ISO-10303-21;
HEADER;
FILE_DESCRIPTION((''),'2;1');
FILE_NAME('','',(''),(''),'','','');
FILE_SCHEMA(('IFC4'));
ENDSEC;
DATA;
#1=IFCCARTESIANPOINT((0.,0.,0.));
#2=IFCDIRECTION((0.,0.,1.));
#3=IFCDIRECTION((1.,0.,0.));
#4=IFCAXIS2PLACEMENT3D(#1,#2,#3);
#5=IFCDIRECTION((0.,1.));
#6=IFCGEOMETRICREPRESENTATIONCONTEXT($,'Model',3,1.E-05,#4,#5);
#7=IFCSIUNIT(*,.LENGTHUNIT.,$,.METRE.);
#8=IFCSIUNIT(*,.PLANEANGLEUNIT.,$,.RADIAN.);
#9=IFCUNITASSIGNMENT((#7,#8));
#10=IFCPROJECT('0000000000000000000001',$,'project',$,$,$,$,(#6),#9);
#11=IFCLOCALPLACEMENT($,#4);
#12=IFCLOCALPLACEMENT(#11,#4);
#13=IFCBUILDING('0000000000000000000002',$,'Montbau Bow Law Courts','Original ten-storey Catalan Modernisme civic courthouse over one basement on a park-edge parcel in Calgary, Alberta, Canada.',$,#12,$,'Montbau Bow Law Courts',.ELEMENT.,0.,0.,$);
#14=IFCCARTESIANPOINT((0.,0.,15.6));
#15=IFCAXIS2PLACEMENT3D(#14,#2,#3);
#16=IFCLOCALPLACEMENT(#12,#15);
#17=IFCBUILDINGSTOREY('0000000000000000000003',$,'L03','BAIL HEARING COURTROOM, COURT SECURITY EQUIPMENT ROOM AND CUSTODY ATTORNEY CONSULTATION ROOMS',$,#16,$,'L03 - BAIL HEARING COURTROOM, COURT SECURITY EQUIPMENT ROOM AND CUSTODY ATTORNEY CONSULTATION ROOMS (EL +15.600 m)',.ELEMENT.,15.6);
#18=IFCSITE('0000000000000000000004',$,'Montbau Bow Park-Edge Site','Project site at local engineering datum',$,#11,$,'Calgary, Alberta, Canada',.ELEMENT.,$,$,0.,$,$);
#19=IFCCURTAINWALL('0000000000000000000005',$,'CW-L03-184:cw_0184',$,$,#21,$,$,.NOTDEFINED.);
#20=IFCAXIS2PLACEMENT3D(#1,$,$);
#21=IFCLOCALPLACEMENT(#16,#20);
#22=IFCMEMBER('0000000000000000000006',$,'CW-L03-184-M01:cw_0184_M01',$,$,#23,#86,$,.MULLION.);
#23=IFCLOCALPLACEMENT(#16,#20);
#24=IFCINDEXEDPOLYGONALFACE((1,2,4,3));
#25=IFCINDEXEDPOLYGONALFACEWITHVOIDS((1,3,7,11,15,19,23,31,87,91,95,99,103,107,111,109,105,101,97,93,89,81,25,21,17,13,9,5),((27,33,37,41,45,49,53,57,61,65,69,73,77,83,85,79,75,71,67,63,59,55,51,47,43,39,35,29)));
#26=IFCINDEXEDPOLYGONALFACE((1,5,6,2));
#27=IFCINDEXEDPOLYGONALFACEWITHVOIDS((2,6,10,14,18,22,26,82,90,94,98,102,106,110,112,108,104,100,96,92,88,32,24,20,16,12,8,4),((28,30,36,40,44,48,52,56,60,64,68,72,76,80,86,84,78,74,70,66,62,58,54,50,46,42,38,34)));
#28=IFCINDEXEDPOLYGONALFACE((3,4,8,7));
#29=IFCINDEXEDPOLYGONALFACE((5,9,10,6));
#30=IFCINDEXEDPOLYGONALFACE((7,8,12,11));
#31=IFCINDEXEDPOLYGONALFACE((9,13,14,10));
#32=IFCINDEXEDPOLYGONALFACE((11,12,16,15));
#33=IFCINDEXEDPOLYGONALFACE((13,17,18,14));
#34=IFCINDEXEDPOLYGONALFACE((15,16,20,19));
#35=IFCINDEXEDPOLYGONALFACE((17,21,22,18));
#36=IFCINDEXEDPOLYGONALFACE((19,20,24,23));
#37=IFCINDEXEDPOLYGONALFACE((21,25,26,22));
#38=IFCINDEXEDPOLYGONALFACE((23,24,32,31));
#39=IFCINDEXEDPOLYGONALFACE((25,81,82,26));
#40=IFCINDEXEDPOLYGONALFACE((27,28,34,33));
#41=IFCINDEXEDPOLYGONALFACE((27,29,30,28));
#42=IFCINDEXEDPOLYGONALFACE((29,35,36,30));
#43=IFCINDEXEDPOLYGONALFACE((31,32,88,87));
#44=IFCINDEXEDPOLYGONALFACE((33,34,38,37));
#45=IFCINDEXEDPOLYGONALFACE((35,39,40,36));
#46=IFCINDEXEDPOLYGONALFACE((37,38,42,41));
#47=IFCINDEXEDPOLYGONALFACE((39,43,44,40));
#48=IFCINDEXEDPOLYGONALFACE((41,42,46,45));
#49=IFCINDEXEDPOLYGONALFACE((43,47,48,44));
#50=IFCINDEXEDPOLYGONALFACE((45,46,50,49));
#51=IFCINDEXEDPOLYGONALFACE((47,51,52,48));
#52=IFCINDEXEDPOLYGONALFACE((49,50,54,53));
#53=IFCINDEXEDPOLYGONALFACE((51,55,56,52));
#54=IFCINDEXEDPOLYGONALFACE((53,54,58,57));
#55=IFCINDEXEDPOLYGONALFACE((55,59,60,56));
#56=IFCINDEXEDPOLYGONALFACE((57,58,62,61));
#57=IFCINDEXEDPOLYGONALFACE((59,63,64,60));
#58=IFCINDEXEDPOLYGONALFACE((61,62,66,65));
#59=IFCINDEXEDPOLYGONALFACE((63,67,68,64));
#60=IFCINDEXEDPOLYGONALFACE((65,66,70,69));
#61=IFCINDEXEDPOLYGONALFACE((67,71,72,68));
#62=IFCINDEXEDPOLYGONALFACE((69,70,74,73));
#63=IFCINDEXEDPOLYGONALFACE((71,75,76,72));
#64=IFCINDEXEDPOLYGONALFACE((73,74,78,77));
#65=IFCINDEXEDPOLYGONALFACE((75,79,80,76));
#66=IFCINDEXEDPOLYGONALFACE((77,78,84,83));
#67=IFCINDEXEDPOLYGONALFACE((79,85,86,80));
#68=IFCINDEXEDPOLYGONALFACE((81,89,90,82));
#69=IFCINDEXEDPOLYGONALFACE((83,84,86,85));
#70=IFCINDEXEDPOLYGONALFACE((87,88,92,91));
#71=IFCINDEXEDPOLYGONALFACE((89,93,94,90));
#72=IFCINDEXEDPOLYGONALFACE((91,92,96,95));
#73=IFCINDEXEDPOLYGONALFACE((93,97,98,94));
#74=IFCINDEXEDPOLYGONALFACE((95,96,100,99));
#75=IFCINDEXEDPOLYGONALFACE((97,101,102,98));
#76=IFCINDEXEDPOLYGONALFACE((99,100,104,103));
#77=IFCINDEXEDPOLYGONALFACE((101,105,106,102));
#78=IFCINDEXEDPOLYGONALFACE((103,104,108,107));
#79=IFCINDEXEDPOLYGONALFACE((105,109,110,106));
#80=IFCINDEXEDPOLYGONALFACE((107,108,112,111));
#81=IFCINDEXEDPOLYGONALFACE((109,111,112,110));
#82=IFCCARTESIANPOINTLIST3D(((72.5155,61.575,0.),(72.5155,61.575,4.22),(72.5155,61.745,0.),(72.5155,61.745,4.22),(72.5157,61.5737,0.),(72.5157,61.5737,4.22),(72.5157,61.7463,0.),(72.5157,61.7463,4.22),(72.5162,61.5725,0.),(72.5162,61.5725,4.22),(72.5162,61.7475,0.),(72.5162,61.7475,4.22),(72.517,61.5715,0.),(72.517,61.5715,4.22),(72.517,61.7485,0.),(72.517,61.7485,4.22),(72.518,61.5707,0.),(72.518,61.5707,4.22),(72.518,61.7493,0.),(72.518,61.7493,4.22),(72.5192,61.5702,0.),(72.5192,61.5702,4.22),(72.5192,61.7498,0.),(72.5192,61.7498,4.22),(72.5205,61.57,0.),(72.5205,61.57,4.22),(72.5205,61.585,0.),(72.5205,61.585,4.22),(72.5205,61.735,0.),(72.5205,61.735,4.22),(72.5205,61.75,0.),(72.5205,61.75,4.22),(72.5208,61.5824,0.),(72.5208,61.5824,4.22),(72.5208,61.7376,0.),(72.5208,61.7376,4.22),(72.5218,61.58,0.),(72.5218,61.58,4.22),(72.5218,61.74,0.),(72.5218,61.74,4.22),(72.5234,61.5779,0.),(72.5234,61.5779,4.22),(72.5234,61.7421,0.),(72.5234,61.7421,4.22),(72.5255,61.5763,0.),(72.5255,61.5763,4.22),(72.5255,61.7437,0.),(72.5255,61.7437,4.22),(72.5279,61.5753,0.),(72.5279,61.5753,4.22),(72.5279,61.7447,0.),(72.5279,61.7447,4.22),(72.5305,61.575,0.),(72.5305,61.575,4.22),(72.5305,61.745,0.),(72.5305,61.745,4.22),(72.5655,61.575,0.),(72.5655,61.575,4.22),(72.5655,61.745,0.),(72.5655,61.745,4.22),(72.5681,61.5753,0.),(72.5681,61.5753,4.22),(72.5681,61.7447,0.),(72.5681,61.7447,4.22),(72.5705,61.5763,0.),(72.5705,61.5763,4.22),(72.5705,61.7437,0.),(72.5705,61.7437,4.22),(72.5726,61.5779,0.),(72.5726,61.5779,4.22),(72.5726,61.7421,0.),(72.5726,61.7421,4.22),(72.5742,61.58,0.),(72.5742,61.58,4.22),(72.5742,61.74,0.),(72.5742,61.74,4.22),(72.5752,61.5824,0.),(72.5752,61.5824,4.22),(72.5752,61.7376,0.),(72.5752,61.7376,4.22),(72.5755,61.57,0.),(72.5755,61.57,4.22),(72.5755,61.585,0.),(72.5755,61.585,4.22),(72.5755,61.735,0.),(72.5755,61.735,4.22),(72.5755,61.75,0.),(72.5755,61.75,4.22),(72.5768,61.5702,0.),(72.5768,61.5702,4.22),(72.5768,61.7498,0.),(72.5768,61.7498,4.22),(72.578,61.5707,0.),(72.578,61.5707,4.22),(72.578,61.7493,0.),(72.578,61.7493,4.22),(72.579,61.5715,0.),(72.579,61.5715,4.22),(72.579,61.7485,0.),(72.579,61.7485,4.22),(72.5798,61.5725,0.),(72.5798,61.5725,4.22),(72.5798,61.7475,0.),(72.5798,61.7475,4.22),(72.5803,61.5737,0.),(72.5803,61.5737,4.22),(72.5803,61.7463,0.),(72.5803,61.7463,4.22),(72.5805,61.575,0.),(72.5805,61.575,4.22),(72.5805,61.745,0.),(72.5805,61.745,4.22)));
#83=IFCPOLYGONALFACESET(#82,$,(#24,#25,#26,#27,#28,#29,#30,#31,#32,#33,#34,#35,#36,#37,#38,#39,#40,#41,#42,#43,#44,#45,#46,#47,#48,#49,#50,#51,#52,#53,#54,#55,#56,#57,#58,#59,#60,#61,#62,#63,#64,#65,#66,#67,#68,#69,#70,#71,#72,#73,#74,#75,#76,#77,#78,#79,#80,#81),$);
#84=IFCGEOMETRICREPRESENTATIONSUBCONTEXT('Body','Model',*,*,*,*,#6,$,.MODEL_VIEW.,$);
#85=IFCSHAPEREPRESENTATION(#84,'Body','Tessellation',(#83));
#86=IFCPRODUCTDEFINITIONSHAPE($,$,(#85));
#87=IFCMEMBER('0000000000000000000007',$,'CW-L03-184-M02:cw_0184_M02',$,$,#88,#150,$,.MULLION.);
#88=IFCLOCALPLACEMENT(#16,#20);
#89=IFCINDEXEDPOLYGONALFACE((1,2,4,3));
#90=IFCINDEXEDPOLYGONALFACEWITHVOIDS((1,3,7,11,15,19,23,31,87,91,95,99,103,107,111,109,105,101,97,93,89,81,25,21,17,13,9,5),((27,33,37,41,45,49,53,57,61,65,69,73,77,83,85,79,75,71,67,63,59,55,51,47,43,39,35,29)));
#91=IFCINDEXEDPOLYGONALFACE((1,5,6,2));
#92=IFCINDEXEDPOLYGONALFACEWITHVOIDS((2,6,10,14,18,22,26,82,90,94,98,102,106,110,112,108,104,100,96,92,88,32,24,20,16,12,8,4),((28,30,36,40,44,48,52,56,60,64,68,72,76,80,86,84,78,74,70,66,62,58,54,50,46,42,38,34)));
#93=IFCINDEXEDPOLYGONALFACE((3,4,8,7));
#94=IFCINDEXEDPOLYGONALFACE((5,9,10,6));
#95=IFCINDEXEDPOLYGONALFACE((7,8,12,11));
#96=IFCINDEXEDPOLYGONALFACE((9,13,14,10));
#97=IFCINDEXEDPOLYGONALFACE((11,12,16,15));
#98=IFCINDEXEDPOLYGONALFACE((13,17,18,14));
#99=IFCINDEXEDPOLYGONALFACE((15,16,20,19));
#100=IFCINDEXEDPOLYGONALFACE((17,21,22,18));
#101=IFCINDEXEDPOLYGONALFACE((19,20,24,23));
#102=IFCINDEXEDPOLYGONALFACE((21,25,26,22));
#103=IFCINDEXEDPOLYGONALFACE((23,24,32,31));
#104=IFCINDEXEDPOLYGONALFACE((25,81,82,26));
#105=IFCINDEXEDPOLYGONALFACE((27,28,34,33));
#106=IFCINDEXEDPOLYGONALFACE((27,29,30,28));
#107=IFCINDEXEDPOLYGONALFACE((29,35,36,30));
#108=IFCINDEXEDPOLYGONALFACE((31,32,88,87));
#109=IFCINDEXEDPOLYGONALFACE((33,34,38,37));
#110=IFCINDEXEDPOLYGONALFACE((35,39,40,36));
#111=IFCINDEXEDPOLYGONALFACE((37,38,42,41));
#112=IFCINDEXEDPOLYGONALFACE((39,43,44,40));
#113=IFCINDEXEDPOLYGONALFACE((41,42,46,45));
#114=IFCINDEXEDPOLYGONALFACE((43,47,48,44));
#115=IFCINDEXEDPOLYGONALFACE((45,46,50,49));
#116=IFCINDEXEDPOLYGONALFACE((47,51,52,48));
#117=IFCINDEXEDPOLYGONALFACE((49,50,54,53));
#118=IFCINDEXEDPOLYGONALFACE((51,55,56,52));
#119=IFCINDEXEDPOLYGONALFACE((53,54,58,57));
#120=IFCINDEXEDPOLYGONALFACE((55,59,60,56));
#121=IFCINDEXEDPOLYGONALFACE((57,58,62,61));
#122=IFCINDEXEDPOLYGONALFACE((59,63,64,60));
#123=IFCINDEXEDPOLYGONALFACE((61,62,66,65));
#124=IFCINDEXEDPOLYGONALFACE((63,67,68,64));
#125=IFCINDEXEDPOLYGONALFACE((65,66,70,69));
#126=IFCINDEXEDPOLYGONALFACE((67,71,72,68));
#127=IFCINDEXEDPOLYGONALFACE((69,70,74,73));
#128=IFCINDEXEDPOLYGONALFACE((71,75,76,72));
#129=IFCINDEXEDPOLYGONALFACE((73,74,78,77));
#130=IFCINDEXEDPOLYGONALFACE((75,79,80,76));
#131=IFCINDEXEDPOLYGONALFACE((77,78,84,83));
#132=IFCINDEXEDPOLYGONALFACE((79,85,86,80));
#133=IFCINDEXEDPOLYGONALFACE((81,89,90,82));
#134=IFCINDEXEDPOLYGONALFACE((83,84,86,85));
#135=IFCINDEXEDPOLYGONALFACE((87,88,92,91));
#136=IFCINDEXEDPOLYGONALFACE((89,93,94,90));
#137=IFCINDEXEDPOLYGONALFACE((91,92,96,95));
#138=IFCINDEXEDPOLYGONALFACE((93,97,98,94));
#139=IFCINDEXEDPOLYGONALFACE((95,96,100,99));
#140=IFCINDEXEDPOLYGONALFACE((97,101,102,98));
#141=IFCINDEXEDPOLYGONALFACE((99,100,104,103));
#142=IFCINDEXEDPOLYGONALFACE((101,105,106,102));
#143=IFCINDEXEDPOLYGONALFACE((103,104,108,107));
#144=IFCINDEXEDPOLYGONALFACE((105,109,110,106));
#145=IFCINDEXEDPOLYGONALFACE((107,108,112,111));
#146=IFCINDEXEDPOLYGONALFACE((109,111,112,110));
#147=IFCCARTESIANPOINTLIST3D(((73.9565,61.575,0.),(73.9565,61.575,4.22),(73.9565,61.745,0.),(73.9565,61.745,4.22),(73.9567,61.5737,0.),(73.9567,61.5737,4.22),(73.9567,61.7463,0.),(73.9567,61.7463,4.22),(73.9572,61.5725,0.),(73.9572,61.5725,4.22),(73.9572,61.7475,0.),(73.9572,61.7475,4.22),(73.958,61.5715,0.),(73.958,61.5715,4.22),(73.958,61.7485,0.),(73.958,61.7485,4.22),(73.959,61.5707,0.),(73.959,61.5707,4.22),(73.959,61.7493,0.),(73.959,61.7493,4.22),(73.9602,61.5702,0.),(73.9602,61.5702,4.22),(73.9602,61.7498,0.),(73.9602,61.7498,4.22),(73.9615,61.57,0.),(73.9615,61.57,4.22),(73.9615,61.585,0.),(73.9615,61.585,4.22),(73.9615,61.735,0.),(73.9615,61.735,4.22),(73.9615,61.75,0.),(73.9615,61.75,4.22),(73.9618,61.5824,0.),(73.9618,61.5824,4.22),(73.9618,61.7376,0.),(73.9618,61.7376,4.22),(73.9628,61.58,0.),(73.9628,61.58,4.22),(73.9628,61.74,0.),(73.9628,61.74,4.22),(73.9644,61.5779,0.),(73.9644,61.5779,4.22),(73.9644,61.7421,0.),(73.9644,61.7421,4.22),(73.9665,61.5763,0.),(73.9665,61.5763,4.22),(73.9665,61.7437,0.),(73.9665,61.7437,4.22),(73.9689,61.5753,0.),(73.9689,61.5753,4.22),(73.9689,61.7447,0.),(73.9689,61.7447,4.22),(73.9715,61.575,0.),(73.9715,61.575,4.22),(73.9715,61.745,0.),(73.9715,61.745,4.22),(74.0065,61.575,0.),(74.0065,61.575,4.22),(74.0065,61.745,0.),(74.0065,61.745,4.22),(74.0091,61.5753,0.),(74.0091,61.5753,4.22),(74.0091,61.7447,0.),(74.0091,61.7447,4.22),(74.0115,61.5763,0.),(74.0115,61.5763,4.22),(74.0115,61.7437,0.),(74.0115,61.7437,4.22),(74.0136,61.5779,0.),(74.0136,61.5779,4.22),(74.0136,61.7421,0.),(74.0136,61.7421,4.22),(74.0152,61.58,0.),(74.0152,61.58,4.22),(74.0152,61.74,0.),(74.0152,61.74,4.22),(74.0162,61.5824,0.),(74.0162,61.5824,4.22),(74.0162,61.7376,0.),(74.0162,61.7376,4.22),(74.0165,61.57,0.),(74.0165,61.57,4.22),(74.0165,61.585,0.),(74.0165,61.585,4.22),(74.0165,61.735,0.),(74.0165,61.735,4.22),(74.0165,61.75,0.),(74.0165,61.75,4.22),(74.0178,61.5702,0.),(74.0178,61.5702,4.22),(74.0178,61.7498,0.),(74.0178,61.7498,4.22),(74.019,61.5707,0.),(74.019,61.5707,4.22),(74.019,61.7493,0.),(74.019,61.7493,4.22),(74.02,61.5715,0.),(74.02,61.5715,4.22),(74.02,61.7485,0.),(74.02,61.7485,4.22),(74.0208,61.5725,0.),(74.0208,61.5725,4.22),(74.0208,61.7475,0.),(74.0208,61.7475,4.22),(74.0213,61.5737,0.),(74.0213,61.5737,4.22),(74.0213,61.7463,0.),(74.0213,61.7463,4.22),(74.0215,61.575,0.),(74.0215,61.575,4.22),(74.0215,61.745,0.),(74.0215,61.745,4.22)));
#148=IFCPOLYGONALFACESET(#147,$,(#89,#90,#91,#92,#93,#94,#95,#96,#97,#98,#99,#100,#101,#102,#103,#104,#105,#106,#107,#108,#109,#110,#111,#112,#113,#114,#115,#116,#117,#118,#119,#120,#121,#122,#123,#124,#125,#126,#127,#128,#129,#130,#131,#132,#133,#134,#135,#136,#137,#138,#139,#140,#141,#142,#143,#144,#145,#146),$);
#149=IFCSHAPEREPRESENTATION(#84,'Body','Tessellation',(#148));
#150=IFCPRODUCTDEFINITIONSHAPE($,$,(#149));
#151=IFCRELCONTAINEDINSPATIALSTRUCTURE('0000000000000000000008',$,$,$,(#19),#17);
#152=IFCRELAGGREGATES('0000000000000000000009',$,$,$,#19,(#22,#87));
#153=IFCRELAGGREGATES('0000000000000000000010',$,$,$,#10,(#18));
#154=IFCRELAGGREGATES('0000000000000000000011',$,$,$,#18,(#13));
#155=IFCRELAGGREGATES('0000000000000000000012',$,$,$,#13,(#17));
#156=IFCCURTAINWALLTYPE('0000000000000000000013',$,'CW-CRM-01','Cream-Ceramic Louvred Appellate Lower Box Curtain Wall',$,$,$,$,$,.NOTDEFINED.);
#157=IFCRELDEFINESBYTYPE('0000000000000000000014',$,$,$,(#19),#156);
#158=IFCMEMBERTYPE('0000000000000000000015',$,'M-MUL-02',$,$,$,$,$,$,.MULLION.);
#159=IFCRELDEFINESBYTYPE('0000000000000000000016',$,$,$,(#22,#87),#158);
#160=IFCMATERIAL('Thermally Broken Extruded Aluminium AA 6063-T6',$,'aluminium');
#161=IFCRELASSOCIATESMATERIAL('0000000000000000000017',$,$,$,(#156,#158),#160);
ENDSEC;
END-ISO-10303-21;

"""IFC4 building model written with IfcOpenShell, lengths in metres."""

from ifc_helpers import new_model, si_unit, direction, frame, origin_with_axes, origin_2d_with_axis, place, context, subcontext, project, spatial, hollow_rectangle, extrude, material, material_profile, profile_set, type_object, element, aggregate, save


model = new_model("IFC4")

# Units and contexts
model_context = context("Model", 3, precision=1e-05, world=origin_with_axes(), true_north=direction((0.0, 1.0)))
body_context = subcontext(model_context, "Body", "Model", "MODEL_VIEW")
ifc_project = project(units=[si_unit("LENGTHUNIT", "METRE"), si_unit("PLANEANGLEUNIT", "RADIAN")], contexts=[model_context])

# Site, building, storey
site_placement = place(None, origin_with_axes())
site = spatial("IfcSite", under=ifc_project, at=site_placement, Name="Montbau Bow Park-Edge Site", Description="Project site at local engineering datum", LongName="Calgary, Alberta, Canada", CompositionType="ELEMENT", RefElevation=0.0)
building_placement = place(site_placement, origin_with_axes())
building = spatial("IfcBuilding", under=site, at=building_placement, Name="Montbau Bow Law Courts", Description="Original ten-storey Catalan Modernisme civic courthouse over one basement on a park-edge parcel in Calgary, Alberta, Canada.", LongName="Montbau Bow Law Courts", CompositionType="ELEMENT", ElevationOfRefHeight=0.0, ElevationOfTerrain=0.0)
storey_placement = place(building_placement, frame((0.0, 0.0, 15.6), z_axis=(0.0, 0.0, 1.0), x_axis=(1.0, 0.0, 0.0)))
storey = spatial("IfcBuildingStorey", under=building, at=storey_placement, Name="L03", Description="BAIL HEARING COURTROOM, COURT SECURITY EQUIPMENT ROOM AND CUSTODY ATTORNEY CONSULTATION ROOMS", LongName="L03 - BAIL HEARING COURTROOM, COURT SECURITY EQUIPMENT ROOM AND CUSTODY ATTORNEY CONSULTATION ROOMS (EL +15.600 m)", CompositionType="ELEMENT", Elevation=15.6)

# Curtain wall, members
ifc_material_1 = material(Name="Thermally Broken Extruded Aluminium AA 6063-T6", Category="aluminium")
curtain_wall_type = type_object("IfcCurtainWallType", Name="CW-CRM-01", Description="Cream-Ceramic Louvred Appellate Lower Box Curtain Wall", PredefinedType="NOTDEFINED", material=ifc_material_1)
curtain_wall_1_placement = place(None, frame((72.515, 61.66, 15.6), z_axis=(0.0, 0.0, 1.0), x_axis=(1.0, 0.0, 0.0)))
curtain_wall_1 = element("IfcCurtainWall", 1, at=curtain_wall_1_placement, inside=storey, type_object=curtain_wall_type, Name="CW-L03-184:cw_0184", PredefinedType="NOTDEFINED")
ifc_material_profile_1 = material_profile(ifc_material_1, hollow_rectangle(XDim=0.065, YDim=0.18, WallThickness=0.005, InnerFilletRadius=0.01, OuterFilletRadius=0.005, at=origin_2d_with_axis()), Name="CWM-180X65", Category="Main", Priority=0)
ifc_profile_set_1 = profile_set([ifc_material_profile_1], Name="Thermally Broken Extruded Aluminium AA 6063-T6")
member_type_1 = type_object("IfcMemberType", Name="M-MUL-02", PredefinedType="MULLION", material=ifc_profile_set_1)
member_1_placement = place(None, frame((72.548, 61.66, 15.6), z_axis=(0.0, 0.0, 1.0), x_axis=(1.0, 0.0, 0.0)))
member_1 = element("IfcMember", 2, at=member_1_placement, type_object=member_type_1, Name="CW-L03-184-M01:cw_0184_M01", PredefinedType="MULLION", context=body_context, shape_type="SweptSolid", body=[
    extrude(hollow_rectangle(XDim=0.065, YDim=0.18, WallThickness=0.005, InnerFilletRadius=0.01, OuterFilletRadius=0.005, at=origin_2d_with_axis()), origin_with_axes(), (0.0, 0.0, 1.0), 4.22),
])
member_2_placement = place(None, frame((73.989, 61.66, 15.6), z_axis=(0.0, 0.0, 1.0), x_axis=(1.0, 0.0, 0.0)))
member_2 = element("IfcMember", 3, at=member_2_placement, type_object=member_type_1, Name="CW-L03-184-M02:cw_0184_M02", PredefinedType="MULLION", context=body_context, shape_type="SweptSolid", body=[
    extrude(hollow_rectangle(XDim=0.065, YDim=0.18, WallThickness=0.005, InnerFilletRadius=0.01, OuterFilletRadius=0.005, at=origin_2d_with_axis()), origin_with_axes(), (0.0, 0.0, 1.0), 4.22),
])

aggregate(curtain_wall_1, [member_1, member_2])

save(model, "model.ifc")
